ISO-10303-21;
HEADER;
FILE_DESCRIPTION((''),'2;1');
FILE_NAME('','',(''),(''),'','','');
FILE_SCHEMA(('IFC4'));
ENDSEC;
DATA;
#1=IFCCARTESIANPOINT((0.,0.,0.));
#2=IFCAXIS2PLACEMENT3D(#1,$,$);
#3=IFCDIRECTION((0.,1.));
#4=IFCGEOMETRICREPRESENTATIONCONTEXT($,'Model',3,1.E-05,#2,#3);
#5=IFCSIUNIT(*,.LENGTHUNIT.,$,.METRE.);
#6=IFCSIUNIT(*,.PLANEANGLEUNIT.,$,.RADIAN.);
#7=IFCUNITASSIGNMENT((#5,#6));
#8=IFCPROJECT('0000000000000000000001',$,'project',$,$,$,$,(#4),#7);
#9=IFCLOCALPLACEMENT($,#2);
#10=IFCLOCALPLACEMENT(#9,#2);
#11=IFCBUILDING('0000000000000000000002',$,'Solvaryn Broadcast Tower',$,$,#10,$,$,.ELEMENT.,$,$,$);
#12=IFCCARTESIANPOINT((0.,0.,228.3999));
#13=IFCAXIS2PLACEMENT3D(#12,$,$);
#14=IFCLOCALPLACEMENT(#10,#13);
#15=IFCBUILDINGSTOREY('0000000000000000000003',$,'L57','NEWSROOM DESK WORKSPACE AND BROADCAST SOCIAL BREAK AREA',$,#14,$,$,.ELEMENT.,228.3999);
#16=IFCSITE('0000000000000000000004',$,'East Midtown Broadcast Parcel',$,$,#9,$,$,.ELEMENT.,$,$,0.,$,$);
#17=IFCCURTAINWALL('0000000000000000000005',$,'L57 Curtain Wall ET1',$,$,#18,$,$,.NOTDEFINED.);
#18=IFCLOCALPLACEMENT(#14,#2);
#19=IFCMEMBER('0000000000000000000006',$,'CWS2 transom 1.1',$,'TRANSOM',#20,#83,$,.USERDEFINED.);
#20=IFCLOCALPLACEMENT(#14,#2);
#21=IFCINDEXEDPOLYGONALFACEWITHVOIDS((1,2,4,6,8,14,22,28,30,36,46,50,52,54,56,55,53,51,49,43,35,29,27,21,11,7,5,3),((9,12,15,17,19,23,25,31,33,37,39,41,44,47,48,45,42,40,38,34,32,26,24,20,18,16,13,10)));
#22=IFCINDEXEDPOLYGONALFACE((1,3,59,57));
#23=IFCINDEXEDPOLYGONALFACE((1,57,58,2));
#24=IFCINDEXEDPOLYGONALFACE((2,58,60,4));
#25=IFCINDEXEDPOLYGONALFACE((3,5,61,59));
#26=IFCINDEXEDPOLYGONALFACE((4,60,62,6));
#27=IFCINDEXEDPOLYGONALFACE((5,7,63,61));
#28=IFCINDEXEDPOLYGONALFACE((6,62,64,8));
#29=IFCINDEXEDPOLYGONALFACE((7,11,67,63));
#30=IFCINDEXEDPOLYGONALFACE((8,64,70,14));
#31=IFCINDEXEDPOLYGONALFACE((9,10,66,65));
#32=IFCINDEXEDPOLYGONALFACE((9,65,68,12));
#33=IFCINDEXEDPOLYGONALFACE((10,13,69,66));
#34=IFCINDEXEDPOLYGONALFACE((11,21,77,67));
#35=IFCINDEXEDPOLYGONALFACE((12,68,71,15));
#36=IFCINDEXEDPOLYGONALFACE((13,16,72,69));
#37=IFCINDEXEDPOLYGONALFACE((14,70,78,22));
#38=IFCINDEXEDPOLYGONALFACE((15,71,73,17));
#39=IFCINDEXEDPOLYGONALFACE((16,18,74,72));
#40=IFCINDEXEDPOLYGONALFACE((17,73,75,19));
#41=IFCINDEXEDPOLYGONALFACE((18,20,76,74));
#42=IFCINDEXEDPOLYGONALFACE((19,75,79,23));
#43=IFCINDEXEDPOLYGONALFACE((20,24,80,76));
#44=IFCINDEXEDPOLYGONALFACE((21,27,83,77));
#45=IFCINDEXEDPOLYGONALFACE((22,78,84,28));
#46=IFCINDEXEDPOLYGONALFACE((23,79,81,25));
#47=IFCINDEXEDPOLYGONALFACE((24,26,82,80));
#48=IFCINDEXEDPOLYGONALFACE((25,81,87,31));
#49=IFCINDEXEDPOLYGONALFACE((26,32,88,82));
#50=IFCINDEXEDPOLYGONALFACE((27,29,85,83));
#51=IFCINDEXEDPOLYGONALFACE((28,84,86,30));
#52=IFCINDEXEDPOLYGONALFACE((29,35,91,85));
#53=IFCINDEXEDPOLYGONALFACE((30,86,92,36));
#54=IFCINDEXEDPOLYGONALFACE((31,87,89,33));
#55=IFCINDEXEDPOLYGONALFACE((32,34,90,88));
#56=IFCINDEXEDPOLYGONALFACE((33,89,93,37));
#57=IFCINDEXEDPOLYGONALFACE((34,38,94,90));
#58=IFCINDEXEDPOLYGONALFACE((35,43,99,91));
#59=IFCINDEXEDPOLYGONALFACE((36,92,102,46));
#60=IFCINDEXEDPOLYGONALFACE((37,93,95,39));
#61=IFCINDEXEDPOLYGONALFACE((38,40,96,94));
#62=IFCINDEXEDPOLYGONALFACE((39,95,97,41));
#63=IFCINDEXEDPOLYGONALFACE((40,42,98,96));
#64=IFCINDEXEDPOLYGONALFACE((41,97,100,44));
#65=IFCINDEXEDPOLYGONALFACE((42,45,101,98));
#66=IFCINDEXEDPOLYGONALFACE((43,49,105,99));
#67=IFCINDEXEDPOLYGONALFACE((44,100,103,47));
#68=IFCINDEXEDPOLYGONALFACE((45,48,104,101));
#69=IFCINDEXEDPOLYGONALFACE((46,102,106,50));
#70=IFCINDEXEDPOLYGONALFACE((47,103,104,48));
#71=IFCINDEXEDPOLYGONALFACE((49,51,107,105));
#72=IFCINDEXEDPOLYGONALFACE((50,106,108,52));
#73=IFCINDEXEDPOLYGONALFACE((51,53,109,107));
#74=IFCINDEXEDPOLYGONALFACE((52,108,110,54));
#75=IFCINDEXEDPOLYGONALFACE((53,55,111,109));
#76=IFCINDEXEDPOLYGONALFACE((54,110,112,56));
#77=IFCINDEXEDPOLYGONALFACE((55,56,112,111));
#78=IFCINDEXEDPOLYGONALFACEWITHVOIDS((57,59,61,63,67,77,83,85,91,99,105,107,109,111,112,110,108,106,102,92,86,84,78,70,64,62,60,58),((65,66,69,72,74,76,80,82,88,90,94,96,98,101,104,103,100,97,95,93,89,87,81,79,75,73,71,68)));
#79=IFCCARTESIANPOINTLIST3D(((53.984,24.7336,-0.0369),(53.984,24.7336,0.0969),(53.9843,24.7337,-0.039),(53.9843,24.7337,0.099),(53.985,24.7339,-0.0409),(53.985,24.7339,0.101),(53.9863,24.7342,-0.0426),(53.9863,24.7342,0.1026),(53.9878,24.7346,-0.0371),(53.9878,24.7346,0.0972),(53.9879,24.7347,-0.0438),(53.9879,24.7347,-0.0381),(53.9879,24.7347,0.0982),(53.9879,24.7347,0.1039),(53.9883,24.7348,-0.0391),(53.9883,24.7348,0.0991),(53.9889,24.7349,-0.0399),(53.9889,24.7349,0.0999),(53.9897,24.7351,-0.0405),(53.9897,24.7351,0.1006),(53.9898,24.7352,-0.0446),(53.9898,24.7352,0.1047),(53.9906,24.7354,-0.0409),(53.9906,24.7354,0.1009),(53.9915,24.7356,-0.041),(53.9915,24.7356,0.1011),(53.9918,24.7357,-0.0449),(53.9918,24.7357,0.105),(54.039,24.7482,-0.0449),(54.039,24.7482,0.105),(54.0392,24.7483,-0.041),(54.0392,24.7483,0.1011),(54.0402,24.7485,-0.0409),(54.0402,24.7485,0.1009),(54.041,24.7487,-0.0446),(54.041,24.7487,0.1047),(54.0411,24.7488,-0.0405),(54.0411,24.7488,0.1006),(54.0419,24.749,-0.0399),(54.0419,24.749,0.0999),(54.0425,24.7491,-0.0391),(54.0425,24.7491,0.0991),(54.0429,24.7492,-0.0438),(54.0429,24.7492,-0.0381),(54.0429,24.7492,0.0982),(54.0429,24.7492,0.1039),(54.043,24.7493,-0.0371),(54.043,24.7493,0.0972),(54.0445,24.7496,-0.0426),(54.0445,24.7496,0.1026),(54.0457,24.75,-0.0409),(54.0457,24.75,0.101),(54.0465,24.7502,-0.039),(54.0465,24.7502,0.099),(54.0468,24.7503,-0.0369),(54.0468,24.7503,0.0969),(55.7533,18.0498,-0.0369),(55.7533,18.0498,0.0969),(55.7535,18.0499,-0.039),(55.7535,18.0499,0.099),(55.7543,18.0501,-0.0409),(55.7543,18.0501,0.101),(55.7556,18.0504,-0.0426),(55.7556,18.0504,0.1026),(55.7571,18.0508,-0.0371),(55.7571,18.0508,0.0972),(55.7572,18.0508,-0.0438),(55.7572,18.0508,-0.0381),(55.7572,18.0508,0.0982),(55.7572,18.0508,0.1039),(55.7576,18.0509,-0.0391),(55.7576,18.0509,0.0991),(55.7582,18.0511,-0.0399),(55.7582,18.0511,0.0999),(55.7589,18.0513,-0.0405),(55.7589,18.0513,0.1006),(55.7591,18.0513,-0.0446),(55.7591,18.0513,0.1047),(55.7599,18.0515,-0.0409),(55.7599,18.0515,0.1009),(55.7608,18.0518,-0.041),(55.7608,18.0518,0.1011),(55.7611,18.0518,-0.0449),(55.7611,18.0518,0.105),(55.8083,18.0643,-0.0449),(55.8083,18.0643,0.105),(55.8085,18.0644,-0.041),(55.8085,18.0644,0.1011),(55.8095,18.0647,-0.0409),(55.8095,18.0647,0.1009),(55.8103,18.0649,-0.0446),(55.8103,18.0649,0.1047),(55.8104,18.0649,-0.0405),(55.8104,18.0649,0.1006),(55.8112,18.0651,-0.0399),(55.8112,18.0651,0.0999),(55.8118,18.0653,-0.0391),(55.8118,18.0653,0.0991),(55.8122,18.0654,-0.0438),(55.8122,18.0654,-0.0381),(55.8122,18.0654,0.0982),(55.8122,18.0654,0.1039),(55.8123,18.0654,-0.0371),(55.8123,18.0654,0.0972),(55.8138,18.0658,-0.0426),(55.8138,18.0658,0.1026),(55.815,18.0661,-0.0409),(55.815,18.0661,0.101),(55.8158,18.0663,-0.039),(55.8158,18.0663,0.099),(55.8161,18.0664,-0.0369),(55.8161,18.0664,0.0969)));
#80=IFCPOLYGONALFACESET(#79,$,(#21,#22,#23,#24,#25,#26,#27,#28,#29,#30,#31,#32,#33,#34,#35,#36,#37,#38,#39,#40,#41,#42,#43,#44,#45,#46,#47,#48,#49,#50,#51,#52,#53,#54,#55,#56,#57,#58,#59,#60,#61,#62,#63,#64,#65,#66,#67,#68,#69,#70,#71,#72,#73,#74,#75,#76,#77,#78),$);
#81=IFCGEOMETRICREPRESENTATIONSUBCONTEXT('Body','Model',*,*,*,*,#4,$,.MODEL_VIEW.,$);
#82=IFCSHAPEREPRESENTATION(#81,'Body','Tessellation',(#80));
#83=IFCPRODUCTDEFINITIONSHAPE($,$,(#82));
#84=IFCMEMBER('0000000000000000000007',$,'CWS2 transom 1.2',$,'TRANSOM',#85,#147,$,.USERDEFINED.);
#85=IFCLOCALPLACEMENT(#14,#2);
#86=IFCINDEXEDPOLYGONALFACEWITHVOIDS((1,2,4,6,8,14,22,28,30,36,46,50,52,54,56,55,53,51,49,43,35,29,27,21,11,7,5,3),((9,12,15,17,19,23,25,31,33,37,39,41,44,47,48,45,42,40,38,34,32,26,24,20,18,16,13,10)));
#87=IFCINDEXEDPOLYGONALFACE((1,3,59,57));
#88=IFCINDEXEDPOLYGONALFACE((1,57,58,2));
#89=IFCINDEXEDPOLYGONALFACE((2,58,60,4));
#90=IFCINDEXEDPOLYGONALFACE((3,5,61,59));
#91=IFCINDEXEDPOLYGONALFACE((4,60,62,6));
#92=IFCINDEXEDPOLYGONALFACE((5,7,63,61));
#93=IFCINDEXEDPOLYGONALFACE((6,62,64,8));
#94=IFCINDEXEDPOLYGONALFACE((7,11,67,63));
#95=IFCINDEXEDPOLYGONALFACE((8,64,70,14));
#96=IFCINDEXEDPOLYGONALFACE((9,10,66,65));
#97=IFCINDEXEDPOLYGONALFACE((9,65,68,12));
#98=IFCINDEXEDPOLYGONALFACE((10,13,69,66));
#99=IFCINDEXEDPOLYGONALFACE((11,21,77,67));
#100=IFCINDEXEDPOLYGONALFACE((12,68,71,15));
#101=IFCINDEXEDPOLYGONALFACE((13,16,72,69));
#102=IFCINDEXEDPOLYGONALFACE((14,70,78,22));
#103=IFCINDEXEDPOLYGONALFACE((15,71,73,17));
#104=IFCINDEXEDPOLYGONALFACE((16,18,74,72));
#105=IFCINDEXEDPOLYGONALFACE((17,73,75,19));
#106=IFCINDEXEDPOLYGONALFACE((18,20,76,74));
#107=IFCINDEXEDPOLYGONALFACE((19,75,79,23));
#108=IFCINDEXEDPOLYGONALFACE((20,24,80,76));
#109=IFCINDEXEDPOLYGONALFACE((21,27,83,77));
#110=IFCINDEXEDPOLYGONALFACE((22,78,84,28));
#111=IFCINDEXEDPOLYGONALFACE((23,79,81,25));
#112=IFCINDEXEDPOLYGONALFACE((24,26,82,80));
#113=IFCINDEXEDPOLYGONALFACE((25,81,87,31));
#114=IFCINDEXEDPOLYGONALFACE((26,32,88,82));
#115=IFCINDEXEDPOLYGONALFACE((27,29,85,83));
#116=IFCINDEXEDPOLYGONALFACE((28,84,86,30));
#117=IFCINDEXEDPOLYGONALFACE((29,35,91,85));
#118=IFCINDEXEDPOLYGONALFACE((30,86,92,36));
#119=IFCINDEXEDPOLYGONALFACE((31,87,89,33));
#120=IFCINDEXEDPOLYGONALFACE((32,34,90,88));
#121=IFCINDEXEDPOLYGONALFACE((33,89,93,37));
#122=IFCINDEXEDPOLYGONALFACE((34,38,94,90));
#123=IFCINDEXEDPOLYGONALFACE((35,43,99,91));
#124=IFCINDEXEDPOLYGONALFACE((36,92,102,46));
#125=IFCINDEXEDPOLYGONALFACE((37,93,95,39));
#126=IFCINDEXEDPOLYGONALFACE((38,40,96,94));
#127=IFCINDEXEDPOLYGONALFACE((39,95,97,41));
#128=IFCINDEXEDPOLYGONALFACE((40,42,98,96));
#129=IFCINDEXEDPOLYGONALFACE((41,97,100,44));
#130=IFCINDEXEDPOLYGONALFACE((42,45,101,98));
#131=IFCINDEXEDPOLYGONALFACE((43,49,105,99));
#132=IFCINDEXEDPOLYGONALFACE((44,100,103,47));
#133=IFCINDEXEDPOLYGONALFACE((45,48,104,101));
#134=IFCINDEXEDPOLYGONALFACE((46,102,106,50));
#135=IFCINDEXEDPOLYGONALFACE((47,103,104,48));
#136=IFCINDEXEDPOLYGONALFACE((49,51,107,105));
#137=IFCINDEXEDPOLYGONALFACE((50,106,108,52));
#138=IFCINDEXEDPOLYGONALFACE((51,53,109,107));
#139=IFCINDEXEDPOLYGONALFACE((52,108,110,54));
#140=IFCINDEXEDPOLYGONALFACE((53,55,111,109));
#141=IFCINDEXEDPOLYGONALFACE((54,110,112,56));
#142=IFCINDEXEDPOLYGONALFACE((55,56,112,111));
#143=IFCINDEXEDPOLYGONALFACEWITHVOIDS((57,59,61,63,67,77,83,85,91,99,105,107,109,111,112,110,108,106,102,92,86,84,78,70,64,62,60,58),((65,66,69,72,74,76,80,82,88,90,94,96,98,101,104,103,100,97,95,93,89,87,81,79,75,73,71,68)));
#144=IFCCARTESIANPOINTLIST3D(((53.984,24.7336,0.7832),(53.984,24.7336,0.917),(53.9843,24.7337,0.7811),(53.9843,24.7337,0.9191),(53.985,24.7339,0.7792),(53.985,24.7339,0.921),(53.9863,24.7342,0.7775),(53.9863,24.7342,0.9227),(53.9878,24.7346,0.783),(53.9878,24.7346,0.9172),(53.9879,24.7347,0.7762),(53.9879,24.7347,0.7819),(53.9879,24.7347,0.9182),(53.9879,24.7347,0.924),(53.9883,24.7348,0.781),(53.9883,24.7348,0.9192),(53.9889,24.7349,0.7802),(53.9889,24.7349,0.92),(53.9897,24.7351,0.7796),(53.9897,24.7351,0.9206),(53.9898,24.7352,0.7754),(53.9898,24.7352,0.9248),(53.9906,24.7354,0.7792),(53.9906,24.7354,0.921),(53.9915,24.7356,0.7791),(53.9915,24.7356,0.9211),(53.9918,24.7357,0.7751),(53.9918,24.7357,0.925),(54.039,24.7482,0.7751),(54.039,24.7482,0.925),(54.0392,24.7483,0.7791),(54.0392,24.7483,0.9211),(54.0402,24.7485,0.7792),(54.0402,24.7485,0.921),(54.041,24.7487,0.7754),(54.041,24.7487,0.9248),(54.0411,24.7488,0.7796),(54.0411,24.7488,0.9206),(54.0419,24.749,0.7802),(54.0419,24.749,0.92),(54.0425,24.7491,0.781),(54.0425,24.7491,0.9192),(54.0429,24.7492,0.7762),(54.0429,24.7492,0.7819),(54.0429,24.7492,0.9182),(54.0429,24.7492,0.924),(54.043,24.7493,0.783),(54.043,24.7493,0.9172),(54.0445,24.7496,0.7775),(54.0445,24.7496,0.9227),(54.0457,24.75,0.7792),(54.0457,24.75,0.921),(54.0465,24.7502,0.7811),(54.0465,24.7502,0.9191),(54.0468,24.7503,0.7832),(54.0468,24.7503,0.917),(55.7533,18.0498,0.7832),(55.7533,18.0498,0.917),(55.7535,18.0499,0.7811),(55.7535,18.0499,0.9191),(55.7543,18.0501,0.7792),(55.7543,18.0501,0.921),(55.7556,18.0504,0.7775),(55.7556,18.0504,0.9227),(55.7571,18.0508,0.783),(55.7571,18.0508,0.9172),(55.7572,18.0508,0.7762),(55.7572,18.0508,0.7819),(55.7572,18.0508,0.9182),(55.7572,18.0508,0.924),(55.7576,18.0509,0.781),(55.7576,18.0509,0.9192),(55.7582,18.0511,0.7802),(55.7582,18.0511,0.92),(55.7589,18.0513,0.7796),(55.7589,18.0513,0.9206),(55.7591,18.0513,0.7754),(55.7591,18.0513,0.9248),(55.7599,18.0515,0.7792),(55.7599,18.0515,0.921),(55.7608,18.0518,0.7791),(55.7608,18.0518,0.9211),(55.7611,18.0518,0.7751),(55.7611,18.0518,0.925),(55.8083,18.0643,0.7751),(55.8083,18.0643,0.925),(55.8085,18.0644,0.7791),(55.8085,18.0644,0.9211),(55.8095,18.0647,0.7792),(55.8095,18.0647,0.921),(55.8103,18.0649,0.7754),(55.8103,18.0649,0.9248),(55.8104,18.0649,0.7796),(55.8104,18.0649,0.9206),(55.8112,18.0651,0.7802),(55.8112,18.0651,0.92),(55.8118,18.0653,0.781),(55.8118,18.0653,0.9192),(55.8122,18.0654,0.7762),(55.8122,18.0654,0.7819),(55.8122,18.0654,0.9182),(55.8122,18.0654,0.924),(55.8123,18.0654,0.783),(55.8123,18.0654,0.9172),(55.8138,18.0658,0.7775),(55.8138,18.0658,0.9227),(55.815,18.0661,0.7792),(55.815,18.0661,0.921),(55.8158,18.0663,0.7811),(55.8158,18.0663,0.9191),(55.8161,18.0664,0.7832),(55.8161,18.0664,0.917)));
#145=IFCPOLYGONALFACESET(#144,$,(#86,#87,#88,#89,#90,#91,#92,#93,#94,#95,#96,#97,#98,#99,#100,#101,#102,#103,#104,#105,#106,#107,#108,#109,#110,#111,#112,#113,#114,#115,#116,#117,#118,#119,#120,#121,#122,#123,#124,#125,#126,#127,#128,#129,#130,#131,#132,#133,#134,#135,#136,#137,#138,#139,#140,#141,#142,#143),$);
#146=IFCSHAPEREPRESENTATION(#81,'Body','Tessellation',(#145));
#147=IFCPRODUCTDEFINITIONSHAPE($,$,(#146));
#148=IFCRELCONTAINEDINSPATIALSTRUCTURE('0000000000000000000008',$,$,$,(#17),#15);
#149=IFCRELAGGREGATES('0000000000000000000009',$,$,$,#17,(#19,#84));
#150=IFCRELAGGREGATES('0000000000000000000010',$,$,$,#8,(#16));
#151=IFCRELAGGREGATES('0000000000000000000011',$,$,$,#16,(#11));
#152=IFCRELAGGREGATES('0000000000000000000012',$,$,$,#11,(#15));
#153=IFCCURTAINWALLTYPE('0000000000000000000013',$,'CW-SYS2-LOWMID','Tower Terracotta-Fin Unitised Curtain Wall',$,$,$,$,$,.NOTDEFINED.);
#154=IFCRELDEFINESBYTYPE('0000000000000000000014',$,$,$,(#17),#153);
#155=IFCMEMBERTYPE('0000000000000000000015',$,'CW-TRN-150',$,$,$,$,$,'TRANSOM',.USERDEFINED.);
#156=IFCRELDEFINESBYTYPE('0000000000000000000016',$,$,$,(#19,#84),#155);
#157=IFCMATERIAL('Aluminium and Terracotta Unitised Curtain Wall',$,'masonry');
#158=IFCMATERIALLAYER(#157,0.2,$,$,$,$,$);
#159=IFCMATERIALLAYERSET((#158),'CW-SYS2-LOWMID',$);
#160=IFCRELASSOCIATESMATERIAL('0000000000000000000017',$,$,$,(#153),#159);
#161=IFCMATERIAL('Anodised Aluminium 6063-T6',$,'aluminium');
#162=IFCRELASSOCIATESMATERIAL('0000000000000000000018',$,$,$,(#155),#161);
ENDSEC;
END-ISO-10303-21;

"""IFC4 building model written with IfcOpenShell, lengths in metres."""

from ifc_helpers import new_model, si_unit, direction, frame, origin, origin_2d, place, context, subcontext, project, spatial, hollow_rectangle, extrude, material, layer, layer_set, material_profile, profile_set, type_object, element, aggregate, save


model = new_model("IFC4")

# Units and contexts
model_context = context("Model", 3, precision=1e-05, world=origin(), true_north=direction((0.0, 1.0)))
body_context = subcontext(model_context, "Body", "Model", "MODEL_VIEW")
ifc_project = project(units=[si_unit("LENGTHUNIT", "METRE"), si_unit("PLANEANGLEUNIT", "RADIAN")], contexts=[model_context])

# Site, building, storey
site_placement = place(None, origin())
site = spatial("IfcSite", under=ifc_project, at=site_placement, Name="East Midtown Broadcast Parcel", CompositionType="ELEMENT", RefElevation=0.0)
building_placement = place(site_placement, origin())
building = spatial("IfcBuilding", under=site, at=building_placement, Name="Solvaryn Broadcast Tower", CompositionType="ELEMENT")
storey_placement = place(building_placement, frame((0.0, 0.0, 228.3999)))
storey = spatial("IfcBuildingStorey", under=building, at=storey_placement, Name="L57", Description="NEWSROOM DESK WORKSPACE AND BROADCAST SOCIAL BREAK AREA", CompositionType="ELEMENT", Elevation=228.3999)

# Curtain wall
ifc_material_1 = material(Name="Aluminium and Terracotta Unitised Curtain Wall", Category="masonry")
ifc_layer_1 = layer(ifc_material_1, 0.2)
ifc_layer_set_1 = layer_set([ifc_layer_1], Name="CW-SYS2-LOWMID")
curtain_wall_type = type_object("IfcCurtainWallType", Name="CW-SYS2-LOWMID", Description="Tower Terracotta-Fin Unitised Curtain Wall", PredefinedType="NOTDEFINED", material=ifc_layer_set_1)
curtain_wall_1_placement = place(storey_placement, origin())
curtain_wall_1 = element("IfcCurtainWall", 1, at=curtain_wall_1_placement, inside=storey, type_object=curtain_wall_type, Name="L57 Curtain Wall ET1", PredefinedType="NOTDEFINED")

# Members
ifc_material_2 = material(Name="Anodised Aluminium 6063-T6", Category="aluminium")
ifc_material_profile_1 = material_profile(ifc_material_2, hollow_rectangle(XDim=0.0649, YDim=0.1499, WallThickness=0.0039, InnerFilletRadius=0.0039, OuterFilletRadius=0.0081, at=origin_2d()))
ifc_profile_set_1 = profile_set([ifc_material_profile_1], Name="Anodised Aluminium 6063-T6")
member_type_1 = type_object("IfcMemberType", Name="CW-TRN-150", ElementType="TRANSOM", PredefinedType="USERDEFINED", material=ifc_profile_set_1)
member_1_placement = place(storey_placement, frame((54.0154, 24.7419, 0.03), z_axis=(0.255897, -0.966704, 0.0), x_axis=(0.966704, 0.255897, 0.0)))
member_1 = element("IfcMember", 2, at=member_1_placement, type_object=member_type_1, Name="CWS2 transom 1.1", ObjectType="TRANSOM", PredefinedType="USERDEFINED", context=body_context, shape_type="SweptSolid", body=[
    extrude(hollow_rectangle(XDim=0.0649, YDim=0.1499, WallThickness=0.0039, InnerFilletRadius=0.0039, OuterFilletRadius=0.0081, at=origin_2d()), origin(), (0.0, 0.0, 1.0), 6.9141),
])
member_2_placement = place(storey_placement, frame((54.0154, 24.7419, 0.8501), z_axis=(0.255897, -0.966704, 0.0), x_axis=(0.966704, 0.255897, 0.0)))
member_2 = element("IfcMember", 3, at=member_2_placement, type_object=member_type_1, Name="CWS2 transom 1.2", ObjectType="TRANSOM", PredefinedType="USERDEFINED", context=body_context, shape_type="SweptSolid", body=[
    extrude(hollow_rectangle(XDim=0.0649, YDim=0.1499, WallThickness=0.0039, InnerFilletRadius=0.0039, OuterFilletRadius=0.0081, at=origin_2d()), origin(), (0.0, 0.0, 1.0), 6.9141),
])

aggregate(curtain_wall_1, [member_1, member_2])

save(model, "model.ifc")
